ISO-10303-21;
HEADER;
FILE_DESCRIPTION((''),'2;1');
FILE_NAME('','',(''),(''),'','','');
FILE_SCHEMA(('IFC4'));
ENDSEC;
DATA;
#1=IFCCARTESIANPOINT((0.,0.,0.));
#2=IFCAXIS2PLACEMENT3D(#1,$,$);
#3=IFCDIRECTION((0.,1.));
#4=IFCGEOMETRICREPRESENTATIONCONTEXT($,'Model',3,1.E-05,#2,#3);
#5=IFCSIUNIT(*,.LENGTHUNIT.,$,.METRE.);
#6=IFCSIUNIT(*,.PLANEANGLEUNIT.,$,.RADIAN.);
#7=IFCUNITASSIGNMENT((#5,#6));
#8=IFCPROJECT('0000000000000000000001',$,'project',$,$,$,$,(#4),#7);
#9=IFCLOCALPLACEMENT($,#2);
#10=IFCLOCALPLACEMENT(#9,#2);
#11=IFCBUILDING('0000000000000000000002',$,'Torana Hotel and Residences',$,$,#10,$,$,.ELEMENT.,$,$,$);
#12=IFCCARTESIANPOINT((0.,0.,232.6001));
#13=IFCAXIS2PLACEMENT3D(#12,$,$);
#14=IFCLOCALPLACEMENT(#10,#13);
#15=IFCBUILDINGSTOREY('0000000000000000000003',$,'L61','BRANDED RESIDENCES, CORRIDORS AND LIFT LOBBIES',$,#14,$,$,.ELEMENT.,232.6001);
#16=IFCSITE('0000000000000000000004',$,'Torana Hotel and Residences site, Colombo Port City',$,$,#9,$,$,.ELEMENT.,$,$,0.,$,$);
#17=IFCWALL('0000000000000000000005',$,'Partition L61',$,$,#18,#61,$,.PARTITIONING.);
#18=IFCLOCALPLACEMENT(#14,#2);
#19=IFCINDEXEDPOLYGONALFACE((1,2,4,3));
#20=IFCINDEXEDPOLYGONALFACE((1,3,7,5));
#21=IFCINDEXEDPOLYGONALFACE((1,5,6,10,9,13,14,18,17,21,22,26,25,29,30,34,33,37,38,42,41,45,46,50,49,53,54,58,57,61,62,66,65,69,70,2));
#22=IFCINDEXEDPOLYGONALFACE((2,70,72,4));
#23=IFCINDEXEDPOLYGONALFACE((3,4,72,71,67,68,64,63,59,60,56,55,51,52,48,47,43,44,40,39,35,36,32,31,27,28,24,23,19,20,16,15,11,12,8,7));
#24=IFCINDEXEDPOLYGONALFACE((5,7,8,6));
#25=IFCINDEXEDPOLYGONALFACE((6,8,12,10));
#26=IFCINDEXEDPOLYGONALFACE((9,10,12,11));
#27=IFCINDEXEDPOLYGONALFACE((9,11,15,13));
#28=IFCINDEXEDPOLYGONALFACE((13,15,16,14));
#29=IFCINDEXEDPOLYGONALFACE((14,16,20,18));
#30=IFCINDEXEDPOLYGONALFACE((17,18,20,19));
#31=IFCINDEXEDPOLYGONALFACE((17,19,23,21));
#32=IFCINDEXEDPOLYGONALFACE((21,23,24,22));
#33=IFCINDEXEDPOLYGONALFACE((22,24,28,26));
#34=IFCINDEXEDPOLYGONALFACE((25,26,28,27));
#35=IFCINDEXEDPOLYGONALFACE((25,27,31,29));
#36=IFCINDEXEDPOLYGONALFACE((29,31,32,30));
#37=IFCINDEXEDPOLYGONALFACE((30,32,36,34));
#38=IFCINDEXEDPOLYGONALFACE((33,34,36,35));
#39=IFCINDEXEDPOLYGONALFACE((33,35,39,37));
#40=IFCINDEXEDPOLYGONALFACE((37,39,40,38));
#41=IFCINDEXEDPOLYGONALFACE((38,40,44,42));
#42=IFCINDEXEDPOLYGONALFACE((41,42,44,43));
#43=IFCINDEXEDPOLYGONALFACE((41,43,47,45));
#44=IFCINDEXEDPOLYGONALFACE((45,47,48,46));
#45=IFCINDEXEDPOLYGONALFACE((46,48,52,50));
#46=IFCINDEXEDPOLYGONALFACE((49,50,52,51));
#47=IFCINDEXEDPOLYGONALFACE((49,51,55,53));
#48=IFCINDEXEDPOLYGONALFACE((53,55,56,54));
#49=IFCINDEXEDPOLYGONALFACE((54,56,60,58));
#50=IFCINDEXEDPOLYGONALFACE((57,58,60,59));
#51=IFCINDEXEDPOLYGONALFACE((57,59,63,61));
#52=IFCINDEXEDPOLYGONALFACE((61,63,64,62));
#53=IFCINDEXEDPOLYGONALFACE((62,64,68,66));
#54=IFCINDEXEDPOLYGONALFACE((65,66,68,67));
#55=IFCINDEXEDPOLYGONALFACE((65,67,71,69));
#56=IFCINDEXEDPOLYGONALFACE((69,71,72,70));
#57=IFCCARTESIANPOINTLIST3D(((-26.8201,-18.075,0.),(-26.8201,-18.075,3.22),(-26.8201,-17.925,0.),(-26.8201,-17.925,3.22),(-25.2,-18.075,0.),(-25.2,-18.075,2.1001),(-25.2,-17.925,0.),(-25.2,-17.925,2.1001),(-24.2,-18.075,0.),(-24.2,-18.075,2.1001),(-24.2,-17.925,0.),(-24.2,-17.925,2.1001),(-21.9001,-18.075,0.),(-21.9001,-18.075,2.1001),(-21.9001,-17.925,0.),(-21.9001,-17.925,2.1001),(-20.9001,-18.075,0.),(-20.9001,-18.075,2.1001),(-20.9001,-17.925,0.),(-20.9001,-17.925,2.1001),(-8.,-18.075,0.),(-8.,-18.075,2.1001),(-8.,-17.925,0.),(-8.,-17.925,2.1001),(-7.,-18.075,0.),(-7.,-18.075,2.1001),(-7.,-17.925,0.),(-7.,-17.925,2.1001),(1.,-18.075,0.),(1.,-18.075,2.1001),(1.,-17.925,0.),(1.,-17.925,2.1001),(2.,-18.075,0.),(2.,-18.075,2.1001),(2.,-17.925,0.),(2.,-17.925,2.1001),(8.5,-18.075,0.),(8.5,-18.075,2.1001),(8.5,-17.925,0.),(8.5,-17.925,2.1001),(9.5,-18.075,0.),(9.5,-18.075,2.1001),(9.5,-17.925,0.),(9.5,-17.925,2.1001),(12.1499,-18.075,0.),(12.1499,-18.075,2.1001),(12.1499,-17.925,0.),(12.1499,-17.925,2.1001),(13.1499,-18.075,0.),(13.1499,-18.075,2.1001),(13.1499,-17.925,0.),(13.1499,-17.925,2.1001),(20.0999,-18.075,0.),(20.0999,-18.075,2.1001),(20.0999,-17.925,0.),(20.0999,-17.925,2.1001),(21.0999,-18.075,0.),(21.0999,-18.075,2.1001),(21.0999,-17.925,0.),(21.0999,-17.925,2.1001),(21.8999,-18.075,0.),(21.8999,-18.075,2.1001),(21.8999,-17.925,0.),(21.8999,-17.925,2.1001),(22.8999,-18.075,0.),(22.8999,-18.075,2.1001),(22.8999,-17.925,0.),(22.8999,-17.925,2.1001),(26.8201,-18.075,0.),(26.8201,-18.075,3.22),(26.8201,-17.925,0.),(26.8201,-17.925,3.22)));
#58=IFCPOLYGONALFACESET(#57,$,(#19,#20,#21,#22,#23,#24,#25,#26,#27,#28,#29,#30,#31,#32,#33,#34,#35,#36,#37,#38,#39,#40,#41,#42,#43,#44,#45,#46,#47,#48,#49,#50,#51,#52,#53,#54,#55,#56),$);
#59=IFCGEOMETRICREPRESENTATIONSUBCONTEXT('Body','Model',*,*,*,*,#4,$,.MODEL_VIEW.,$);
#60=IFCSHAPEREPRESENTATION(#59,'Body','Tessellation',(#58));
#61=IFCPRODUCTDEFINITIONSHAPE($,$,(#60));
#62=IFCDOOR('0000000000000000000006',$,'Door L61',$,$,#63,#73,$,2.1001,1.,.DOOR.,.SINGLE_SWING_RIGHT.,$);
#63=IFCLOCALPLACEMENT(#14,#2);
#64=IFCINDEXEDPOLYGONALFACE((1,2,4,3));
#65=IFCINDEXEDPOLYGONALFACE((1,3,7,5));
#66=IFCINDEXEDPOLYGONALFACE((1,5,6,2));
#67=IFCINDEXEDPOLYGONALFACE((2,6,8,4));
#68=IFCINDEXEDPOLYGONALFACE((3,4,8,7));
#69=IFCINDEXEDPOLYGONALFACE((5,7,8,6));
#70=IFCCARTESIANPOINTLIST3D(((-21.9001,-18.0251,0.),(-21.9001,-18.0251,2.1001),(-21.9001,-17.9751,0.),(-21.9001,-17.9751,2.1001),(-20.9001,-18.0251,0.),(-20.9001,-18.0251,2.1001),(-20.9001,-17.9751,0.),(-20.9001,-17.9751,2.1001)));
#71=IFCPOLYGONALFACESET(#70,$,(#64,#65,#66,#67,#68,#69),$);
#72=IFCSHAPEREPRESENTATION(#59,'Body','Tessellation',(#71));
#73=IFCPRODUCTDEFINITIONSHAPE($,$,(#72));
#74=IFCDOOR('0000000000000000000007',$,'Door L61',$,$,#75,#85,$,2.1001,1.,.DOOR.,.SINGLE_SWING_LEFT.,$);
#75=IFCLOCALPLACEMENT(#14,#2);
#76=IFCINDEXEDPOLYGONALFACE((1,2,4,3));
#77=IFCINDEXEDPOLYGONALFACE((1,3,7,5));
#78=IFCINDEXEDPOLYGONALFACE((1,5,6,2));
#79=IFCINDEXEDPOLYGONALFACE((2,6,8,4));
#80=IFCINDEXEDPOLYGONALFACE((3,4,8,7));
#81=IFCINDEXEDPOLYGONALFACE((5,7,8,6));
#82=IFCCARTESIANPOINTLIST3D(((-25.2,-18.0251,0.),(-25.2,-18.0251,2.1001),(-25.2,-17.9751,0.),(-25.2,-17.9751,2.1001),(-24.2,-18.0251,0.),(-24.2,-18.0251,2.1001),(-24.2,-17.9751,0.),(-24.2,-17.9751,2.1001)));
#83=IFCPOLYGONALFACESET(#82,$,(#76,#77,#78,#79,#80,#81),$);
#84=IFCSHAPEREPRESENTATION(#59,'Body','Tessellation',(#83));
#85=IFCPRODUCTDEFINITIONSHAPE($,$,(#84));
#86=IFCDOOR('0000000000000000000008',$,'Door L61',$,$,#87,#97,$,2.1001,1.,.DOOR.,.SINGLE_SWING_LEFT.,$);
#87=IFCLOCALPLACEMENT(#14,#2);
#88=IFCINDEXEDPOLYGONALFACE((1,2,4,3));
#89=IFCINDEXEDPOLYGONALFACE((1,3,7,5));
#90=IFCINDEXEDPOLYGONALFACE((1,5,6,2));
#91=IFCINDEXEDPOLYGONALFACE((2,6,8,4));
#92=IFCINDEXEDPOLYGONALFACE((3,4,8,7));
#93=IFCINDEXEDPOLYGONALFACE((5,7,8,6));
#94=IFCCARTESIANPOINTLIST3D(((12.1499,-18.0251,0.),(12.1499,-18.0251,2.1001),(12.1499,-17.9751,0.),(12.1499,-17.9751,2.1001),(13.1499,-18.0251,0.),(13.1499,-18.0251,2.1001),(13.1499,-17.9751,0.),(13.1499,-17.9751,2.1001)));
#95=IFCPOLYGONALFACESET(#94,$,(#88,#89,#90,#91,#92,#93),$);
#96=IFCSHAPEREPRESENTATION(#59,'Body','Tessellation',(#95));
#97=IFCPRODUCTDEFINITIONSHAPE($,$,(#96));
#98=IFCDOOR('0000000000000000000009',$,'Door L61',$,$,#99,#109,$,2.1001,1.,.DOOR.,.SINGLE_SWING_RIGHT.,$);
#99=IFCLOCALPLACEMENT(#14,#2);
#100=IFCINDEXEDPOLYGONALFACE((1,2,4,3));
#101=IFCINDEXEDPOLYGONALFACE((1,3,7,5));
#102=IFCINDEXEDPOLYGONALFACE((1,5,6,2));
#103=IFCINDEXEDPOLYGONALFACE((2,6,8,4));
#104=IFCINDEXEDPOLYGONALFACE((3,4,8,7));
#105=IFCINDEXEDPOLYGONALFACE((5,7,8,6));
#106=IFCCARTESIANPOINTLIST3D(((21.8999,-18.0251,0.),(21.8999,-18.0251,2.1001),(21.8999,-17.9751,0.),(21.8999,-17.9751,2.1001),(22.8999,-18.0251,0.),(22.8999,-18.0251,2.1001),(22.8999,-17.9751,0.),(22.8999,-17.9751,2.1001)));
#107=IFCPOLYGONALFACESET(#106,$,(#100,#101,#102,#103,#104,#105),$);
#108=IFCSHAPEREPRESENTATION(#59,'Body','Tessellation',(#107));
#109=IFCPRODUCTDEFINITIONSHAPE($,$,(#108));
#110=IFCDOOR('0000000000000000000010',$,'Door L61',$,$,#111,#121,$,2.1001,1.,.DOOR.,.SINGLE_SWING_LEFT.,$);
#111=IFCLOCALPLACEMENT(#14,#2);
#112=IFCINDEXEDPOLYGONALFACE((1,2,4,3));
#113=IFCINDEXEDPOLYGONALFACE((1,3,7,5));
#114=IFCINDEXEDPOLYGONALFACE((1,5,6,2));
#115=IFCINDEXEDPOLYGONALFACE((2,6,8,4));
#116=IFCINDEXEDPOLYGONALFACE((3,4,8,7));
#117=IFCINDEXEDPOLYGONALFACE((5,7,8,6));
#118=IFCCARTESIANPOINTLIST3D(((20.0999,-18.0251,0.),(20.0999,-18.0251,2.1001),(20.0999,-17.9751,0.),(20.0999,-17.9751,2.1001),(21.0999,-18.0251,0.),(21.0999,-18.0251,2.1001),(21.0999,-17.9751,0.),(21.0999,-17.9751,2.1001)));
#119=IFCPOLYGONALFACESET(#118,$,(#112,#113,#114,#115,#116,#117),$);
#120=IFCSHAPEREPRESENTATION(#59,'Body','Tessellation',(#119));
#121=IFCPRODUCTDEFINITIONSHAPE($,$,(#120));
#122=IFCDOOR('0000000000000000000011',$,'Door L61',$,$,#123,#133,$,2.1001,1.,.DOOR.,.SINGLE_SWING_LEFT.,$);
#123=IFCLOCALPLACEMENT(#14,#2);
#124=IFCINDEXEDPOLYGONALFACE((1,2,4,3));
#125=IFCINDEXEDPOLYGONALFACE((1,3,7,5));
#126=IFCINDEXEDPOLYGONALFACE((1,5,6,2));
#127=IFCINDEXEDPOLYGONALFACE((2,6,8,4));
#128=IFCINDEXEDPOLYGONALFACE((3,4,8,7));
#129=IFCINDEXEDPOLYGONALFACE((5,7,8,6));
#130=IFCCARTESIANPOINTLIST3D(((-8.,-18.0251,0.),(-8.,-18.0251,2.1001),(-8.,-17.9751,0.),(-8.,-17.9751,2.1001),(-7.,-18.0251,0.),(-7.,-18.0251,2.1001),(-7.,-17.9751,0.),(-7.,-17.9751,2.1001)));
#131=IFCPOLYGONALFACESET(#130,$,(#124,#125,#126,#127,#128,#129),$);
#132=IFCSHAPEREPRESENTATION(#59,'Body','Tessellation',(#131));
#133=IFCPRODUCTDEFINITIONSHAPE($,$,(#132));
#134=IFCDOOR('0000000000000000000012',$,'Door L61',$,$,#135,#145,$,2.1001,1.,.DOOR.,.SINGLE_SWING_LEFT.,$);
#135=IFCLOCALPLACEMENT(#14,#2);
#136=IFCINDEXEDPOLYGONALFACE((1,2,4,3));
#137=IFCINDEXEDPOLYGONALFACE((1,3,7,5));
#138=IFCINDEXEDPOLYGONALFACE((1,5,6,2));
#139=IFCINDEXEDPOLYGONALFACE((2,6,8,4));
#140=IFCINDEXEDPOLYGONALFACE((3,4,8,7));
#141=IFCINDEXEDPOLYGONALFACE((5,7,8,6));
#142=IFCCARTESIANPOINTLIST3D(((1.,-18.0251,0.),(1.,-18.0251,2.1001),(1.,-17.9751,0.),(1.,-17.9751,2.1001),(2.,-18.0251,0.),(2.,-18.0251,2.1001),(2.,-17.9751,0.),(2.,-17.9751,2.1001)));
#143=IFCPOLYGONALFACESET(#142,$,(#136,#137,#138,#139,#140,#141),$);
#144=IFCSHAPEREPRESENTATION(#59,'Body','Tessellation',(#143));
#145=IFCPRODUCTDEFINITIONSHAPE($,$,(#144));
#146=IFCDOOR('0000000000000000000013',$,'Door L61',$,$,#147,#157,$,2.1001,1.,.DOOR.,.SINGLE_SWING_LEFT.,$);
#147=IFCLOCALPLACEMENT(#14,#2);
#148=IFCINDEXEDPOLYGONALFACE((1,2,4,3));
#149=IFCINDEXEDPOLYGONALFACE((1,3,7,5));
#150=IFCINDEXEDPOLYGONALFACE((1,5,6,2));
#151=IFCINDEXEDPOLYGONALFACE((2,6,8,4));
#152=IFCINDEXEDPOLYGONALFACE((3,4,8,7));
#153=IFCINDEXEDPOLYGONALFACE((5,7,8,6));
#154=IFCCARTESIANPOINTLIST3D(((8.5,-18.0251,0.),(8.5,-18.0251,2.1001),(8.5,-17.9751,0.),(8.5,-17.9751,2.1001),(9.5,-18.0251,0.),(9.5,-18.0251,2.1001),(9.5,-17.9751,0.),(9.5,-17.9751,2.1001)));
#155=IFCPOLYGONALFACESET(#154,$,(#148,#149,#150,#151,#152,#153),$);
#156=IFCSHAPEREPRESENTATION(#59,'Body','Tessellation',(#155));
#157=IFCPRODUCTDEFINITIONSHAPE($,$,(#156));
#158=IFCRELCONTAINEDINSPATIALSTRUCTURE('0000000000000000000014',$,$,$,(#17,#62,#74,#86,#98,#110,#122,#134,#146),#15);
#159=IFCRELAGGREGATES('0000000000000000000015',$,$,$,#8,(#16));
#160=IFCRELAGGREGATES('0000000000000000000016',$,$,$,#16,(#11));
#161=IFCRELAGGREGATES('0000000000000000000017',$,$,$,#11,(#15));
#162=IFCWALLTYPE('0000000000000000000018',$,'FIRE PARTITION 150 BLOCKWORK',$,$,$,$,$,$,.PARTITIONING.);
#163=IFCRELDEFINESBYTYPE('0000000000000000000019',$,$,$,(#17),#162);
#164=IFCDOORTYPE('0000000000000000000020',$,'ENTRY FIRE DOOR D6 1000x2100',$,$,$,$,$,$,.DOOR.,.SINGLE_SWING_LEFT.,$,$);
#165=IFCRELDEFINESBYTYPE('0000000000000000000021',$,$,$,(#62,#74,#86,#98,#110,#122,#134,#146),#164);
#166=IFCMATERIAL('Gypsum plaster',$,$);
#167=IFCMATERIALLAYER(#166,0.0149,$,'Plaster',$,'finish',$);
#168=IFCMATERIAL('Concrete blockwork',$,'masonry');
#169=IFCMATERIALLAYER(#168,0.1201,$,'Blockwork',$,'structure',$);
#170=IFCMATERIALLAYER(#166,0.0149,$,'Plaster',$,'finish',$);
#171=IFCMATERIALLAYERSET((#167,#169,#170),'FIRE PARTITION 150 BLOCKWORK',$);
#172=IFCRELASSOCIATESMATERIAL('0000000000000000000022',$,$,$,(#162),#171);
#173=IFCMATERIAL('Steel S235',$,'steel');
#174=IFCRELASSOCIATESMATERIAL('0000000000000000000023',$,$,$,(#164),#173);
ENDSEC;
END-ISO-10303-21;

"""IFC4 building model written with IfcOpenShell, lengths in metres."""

from ifc_helpers import new_model, si_unit, direction, frame, frame_2d, origin, place, context, subcontext, project, spatial, rectangle, extrude, material, layer, layer_set, type_object, element, fill, save


model = new_model("IFC4")

# Units and contexts
model_context = context("Model", 3, precision=1e-05, world=origin(), true_north=direction((0.0, 1.0)))
body_context = subcontext(model_context, "Body", "Model", "MODEL_VIEW")
ifc_project = project(units=[si_unit("LENGTHUNIT", "METRE"), si_unit("PLANEANGLEUNIT", "RADIAN")], contexts=[model_context])

# Site, building, storey
site_placement = place(None, origin())
site = spatial("IfcSite", under=ifc_project, at=site_placement, Name="Torana Hotel and Residences site, Colombo Port City", CompositionType="ELEMENT", RefElevation=0.0)
building_placement = place(site_placement, origin())
building = spatial("IfcBuilding", under=site, at=building_placement, Name="Torana Hotel and Residences", CompositionType="ELEMENT")
storey_placement = place(building_placement, frame((0.0, 0.0, 232.6001)))
storey = spatial("IfcBuildingStorey", under=building, at=storey_placement, Name="L61", Description="BRANDED RESIDENCES, CORRIDORS AND LIFT LOBBIES", CompositionType="ELEMENT", Elevation=232.6001)

# Wall, openings, doors
ifc_material_1 = material(Name="Gypsum plaster")
ifc_layer_1 = layer(ifc_material_1, 0.0149, Name="Plaster", Category="finish")
ifc_material_2 = material(Name="Concrete blockwork", Category="masonry")
ifc_layer_2 = layer(ifc_material_2, 0.1201, Name="Blockwork", Category="structure")
ifc_layer_3 = layer(ifc_material_1, 0.0149, Name="Plaster", Category="finish")
ifc_layer_set_1 = layer_set([ifc_layer_1, ifc_layer_2, ifc_layer_3], Name="FIRE PARTITION 150 BLOCKWORK")
wall_type_1 = type_object("IfcWallType", Name="FIRE PARTITION 150 BLOCKWORK", PredefinedType="PARTITIONING", material=ifc_layer_set_1)
wall_1_placement = place(storey_placement, frame((-26.8201, -18.0, 0.0), z_axis=(0.0, 0.0, 1.0), x_axis=(1.0, 0.0, 0.0)))
wall_1 = element("IfcWall", 1, at=wall_1_placement, inside=storey, type_object=wall_type_1, Name="Partition L61", PredefinedType="PARTITIONING", context=body_context, shape_type="SweptSolid", body=[
    extrude(rectangle(XDim=53.6401, YDim=0.1499, at=frame_2d((26.8201, 0.0))), origin(), (0.0, 0.0, 1.0), 3.22),
])
opening_1_placement = place(wall_1_placement, frame((4.9199, 0.0, 0.0)))
opening_1 = element("IfcOpeningElement", 2, at=opening_1_placement, cuts=wall_1, PredefinedType="OPENING", context=body_context, shape_type="SweptSolid", body=[
    extrude(rectangle(XDim=1.0, YDim=2.1001, at=frame_2d((0.5, 1.05))), frame((0.0, 0.085, 0.0), z_axis=(0.0, -1.0, 0.0), x_axis=(1.0, 0.0, 0.0)), (0.0, 0.0, 1.0), 0.1699),
])
opening_2_placement = place(wall_1_placement, frame((1.6201, 0.0, 0.0)))
opening_2 = element("IfcOpeningElement", 3, at=opening_2_placement, cuts=wall_1, PredefinedType="OPENING", context=body_context, shape_type="SweptSolid", body=[
    extrude(rectangle(XDim=1.0, YDim=2.1001, at=frame_2d((0.5, 1.05))), frame((0.0, 0.085, 0.0), z_axis=(0.0, -1.0, 0.0), x_axis=(1.0, 0.0, 0.0)), (0.0, 0.0, 1.0), 0.1699),
])
opening_3_placement = place(wall_1_placement, frame((38.97, 0.0, 0.0)))
opening_3 = element("IfcOpeningElement", 4, at=opening_3_placement, cuts=wall_1, PredefinedType="OPENING", context=body_context, shape_type="SweptSolid", body=[
    extrude(rectangle(XDim=1.0, YDim=2.1001, at=frame_2d((0.5, 1.05))), frame((0.0, 0.085, 0.0), z_axis=(0.0, -1.0, 0.0), x_axis=(1.0, 0.0, 0.0)), (0.0, 0.0, 1.0), 0.1699),
])
opening_4_placement = place(wall_1_placement, frame((48.72, 0.0, 0.0)))
opening_4 = element("IfcOpeningElement", 5, at=opening_4_placement, cuts=wall_1, PredefinedType="OPENING", context=body_context, shape_type="SweptSolid", body=[
    extrude(rectangle(XDim=1.0, YDim=2.1001, at=frame_2d((0.5, 1.05))), frame((0.0, 0.085, 0.0), z_axis=(0.0, -1.0, 0.0), x_axis=(1.0, 0.0, 0.0)), (0.0, 0.0, 1.0), 0.1699),
])
opening_5_placement = place(wall_1_placement, frame((46.9199, 0.0, 0.0)))
opening_5 = element("IfcOpeningElement", 6, at=opening_5_placement, cuts=wall_1, PredefinedType="OPENING", context=body_context, shape_type="SweptSolid", body=[
    extrude(rectangle(XDim=1.0, YDim=2.1001, at=frame_2d((0.5, 1.05))), frame((0.0, 0.085, 0.0), z_axis=(0.0, -1.0, 0.0), x_axis=(1.0, 0.0, 0.0)), (0.0, 0.0, 1.0), 0.1699),
])
opening_6_placement = place(wall_1_placement, frame((18.8201, 0.0, 0.0)))
opening_6 = element("IfcOpeningElement", 7, at=opening_6_placement, cuts=wall_1, PredefinedType="OPENING", context=body_context, shape_type="SweptSolid", body=[
    extrude(rectangle(XDim=1.0, YDim=2.1001, at=frame_2d((0.5, 1.05))), frame((0.0, 0.085, 0.0), z_axis=(0.0, -1.0, 0.0), x_axis=(1.0, 0.0, 0.0)), (0.0, 0.0, 1.0), 0.1699),
])
opening_7_placement = place(wall_1_placement, frame((27.8201, 0.0, 0.0)))
opening_7 = element("IfcOpeningElement", 8, at=opening_7_placement, cuts=wall_1, PredefinedType="OPENING", context=body_context, shape_type="SweptSolid", body=[
    extrude(rectangle(XDim=1.0, YDim=2.1001, at=frame_2d((0.5, 1.05))), frame((0.0, 0.085, 0.0), z_axis=(0.0, -1.0, 0.0), x_axis=(1.0, 0.0, 0.0)), (0.0, 0.0, 1.0), 0.1699),
])
opening_8_placement = place(wall_1_placement, frame((35.3201, 0.0, 0.0)))
opening_8 = element("IfcOpeningElement", 9, at=opening_8_placement, cuts=wall_1, PredefinedType="OPENING", context=body_context, shape_type="SweptSolid", body=[
    extrude(rectangle(XDim=1.0, YDim=2.1001, at=frame_2d((0.5, 1.05))), frame((0.0, 0.085, 0.0), z_axis=(0.0, -1.0, 0.0), x_axis=(1.0, 0.0, 0.0)), (0.0, 0.0, 1.0), 0.1699),
])
ifc_material_3 = material(Name="Steel S235", Category="steel")
door_type = type_object("IfcDoorType", Name="ENTRY FIRE DOOR D6 1000x2100", OperationType="SINGLE_SWING_LEFT", PredefinedType="DOOR", material=ifc_material_3)
door_1_placement = place(opening_1_placement, origin())
door_1 = element("IfcDoor", 10, at=door_1_placement, inside=storey, type_object=door_type, Name="Door L61", OperationType="SINGLE_SWING_RIGHT", OverallHeight=2.1001, OverallWidth=1.0, PredefinedType="DOOR", context=body_context, shape_type="SweptSolid", body=[
    extrude(rectangle(XDim=1.0, YDim=2.1001, at=frame_2d((0.5, 1.05))), frame((0.0, 0.0249, 0.0), z_axis=(0.0, -1.0, 0.0), x_axis=(1.0, 0.0, 0.0)), (0.0, 0.0, 1.0), 0.05),
])
fill(opening_1, door_1)
door_2_placement = place(opening_2_placement, frame((0.5, 0.0, 0.0), z_axis=(0.0, 0.0, 1.0), x_axis=(-1.0, 0.0, 0.0)))
door_2 = element("IfcDoor", 11, at=door_2_placement, inside=storey, type_object=door_type, Name="Door L61", OperationType="SINGLE_SWING_LEFT", OverallHeight=2.1001, OverallWidth=1.0, PredefinedType="DOOR", context=body_context, shape_type="SweptSolid", body=[
    extrude(rectangle(XDim=1.0, YDim=2.1001, at=frame_2d((0.0, 1.05))), frame((0.0, -0.0249, 0.0), z_axis=(0.0, 1.0, 0.0), x_axis=(-1.0, 0.0, 0.0)), (0.0, 0.0, 1.0), 0.05),
])
fill(opening_2, door_2)
door_3_placement = place(opening_3_placement, frame((0.5, 0.0, 0.0), z_axis=(0.0, 0.0, 1.0), x_axis=(-1.0, 0.0, 0.0)))
door_3 = element("IfcDoor", 12, at=door_3_placement, inside=storey, type_object=door_type, Name="Door L61", OperationType="SINGLE_SWING_LEFT", OverallHeight=2.1001, OverallWidth=1.0, PredefinedType="DOOR", context=body_context, shape_type="SweptSolid", body=[
    extrude(rectangle(XDim=1.0, YDim=2.1001, at=frame_2d((0.0, 1.05))), frame((0.0, -0.0249, 0.0), z_axis=(0.0, 1.0, 0.0), x_axis=(-1.0, 0.0, 0.0)), (0.0, 0.0, 1.0), 0.05),
])
fill(opening_3, door_3)
door_4_placement = place(opening_4_placement, origin())
door_4 = element("IfcDoor", 13, at=door_4_placement, inside=storey, type_object=door_type, Name="Door L61", OperationType="SINGLE_SWING_RIGHT", OverallHeight=2.1001, OverallWidth=1.0, PredefinedType="DOOR", context=body_context, shape_type="SweptSolid", body=[
    extrude(rectangle(XDim=1.0, YDim=2.1001, at=frame_2d((0.5, 1.05))), frame((0.0, 0.0249, 0.0), z_axis=(0.0, -1.0, 0.0), x_axis=(1.0, 0.0, 0.0)), (0.0, 0.0, 1.0), 0.05),
])
fill(opening_4, door_4)
door_5_placement = place(opening_5_placement, frame((0.5, 0.0, 0.0), z_axis=(0.0, 0.0, 1.0), x_axis=(-1.0, 0.0, 0.0)))
door_5 = element("IfcDoor", 14, at=door_5_placement, inside=storey, type_object=door_type, Name="Door L61", OperationType="SINGLE_SWING_LEFT", OverallHeight=2.1001, OverallWidth=1.0, PredefinedType="DOOR", context=body_context, shape_type="SweptSolid", body=[
    extrude(rectangle(XDim=1.0, YDim=2.1001, at=frame_2d((0.0, 1.05))), frame((0.0, -0.0249, 0.0), z_axis=(0.0, 1.0, 0.0), x_axis=(-1.0, 0.0, 0.0)), (0.0, 0.0, 1.0), 0.05),
])
fill(opening_5, door_5)
door_6_placement = place(opening_6_placement, frame((0.5, 0.0, 0.0), z_axis=(0.0, 0.0, 1.0), x_axis=(-1.0, 0.0, 0.0)))
door_6 = element("IfcDoor", 15, at=door_6_placement, inside=storey, type_object=door_type, Name="Door L61", OperationType="SINGLE_SWING_LEFT", OverallHeight=2.1001, OverallWidth=1.0, PredefinedType="DOOR", context=body_context, shape_type="SweptSolid", body=[
    extrude(rectangle(XDim=1.0, YDim=2.1001, at=frame_2d((0.0, 1.05))), frame((0.0, -0.0249, 0.0), z_axis=(0.0, 1.0, 0.0), x_axis=(-1.0, 0.0, 0.0)), (0.0, 0.0, 1.0), 0.05),
])
fill(opening_6, door_6)
door_7_placement = place(opening_7_placement, frame((0.5, 0.0, 0.0), z_axis=(0.0, 0.0, 1.0), x_axis=(-1.0, 0.0, 0.0)))
door_7 = element("IfcDoor", 16, at=door_7_placement, inside=storey, type_object=door_type, Name="Door L61", OperationType="SINGLE_SWING_LEFT", OverallHeight=2.1001, OverallWidth=1.0, PredefinedType="DOOR", context=body_context, shape_type="SweptSolid", body=[
    extrude(rectangle(XDim=1.0, YDim=2.1001, at=frame_2d((0.0, 1.05))), frame((0.0, -0.0249, 0.0), z_axis=(0.0, 1.0, 0.0), x_axis=(-1.0, 0.0, 0.0)), (0.0, 0.0, 1.0), 0.05),
])
fill(opening_7, door_7)
door_8_placement = place(opening_8_placement, frame((0.5, 0.0, 0.0), z_axis=(0.0, 0.0, 1.0), x_axis=(-1.0, 0.0, 0.0)))
door_8 = element("IfcDoor", 17, at=door_8_placement, inside=storey, type_object=door_type, Name="Door L61", OperationType="SINGLE_SWING_LEFT", OverallHeight=2.1001, OverallWidth=1.0, PredefinedType="DOOR", context=body_context, shape_type="SweptSolid", body=[
    extrude(rectangle(XDim=1.0, YDim=2.1001, at=frame_2d((0.0, 1.05))), frame((0.0, -0.0249, 0.0), z_axis=(0.0, 1.0, 0.0), x_axis=(-1.0, 0.0, 0.0)), (0.0, 0.0, 1.0), 0.05),
])
fill(opening_8, door_8)

save(model, "model.ifc")
